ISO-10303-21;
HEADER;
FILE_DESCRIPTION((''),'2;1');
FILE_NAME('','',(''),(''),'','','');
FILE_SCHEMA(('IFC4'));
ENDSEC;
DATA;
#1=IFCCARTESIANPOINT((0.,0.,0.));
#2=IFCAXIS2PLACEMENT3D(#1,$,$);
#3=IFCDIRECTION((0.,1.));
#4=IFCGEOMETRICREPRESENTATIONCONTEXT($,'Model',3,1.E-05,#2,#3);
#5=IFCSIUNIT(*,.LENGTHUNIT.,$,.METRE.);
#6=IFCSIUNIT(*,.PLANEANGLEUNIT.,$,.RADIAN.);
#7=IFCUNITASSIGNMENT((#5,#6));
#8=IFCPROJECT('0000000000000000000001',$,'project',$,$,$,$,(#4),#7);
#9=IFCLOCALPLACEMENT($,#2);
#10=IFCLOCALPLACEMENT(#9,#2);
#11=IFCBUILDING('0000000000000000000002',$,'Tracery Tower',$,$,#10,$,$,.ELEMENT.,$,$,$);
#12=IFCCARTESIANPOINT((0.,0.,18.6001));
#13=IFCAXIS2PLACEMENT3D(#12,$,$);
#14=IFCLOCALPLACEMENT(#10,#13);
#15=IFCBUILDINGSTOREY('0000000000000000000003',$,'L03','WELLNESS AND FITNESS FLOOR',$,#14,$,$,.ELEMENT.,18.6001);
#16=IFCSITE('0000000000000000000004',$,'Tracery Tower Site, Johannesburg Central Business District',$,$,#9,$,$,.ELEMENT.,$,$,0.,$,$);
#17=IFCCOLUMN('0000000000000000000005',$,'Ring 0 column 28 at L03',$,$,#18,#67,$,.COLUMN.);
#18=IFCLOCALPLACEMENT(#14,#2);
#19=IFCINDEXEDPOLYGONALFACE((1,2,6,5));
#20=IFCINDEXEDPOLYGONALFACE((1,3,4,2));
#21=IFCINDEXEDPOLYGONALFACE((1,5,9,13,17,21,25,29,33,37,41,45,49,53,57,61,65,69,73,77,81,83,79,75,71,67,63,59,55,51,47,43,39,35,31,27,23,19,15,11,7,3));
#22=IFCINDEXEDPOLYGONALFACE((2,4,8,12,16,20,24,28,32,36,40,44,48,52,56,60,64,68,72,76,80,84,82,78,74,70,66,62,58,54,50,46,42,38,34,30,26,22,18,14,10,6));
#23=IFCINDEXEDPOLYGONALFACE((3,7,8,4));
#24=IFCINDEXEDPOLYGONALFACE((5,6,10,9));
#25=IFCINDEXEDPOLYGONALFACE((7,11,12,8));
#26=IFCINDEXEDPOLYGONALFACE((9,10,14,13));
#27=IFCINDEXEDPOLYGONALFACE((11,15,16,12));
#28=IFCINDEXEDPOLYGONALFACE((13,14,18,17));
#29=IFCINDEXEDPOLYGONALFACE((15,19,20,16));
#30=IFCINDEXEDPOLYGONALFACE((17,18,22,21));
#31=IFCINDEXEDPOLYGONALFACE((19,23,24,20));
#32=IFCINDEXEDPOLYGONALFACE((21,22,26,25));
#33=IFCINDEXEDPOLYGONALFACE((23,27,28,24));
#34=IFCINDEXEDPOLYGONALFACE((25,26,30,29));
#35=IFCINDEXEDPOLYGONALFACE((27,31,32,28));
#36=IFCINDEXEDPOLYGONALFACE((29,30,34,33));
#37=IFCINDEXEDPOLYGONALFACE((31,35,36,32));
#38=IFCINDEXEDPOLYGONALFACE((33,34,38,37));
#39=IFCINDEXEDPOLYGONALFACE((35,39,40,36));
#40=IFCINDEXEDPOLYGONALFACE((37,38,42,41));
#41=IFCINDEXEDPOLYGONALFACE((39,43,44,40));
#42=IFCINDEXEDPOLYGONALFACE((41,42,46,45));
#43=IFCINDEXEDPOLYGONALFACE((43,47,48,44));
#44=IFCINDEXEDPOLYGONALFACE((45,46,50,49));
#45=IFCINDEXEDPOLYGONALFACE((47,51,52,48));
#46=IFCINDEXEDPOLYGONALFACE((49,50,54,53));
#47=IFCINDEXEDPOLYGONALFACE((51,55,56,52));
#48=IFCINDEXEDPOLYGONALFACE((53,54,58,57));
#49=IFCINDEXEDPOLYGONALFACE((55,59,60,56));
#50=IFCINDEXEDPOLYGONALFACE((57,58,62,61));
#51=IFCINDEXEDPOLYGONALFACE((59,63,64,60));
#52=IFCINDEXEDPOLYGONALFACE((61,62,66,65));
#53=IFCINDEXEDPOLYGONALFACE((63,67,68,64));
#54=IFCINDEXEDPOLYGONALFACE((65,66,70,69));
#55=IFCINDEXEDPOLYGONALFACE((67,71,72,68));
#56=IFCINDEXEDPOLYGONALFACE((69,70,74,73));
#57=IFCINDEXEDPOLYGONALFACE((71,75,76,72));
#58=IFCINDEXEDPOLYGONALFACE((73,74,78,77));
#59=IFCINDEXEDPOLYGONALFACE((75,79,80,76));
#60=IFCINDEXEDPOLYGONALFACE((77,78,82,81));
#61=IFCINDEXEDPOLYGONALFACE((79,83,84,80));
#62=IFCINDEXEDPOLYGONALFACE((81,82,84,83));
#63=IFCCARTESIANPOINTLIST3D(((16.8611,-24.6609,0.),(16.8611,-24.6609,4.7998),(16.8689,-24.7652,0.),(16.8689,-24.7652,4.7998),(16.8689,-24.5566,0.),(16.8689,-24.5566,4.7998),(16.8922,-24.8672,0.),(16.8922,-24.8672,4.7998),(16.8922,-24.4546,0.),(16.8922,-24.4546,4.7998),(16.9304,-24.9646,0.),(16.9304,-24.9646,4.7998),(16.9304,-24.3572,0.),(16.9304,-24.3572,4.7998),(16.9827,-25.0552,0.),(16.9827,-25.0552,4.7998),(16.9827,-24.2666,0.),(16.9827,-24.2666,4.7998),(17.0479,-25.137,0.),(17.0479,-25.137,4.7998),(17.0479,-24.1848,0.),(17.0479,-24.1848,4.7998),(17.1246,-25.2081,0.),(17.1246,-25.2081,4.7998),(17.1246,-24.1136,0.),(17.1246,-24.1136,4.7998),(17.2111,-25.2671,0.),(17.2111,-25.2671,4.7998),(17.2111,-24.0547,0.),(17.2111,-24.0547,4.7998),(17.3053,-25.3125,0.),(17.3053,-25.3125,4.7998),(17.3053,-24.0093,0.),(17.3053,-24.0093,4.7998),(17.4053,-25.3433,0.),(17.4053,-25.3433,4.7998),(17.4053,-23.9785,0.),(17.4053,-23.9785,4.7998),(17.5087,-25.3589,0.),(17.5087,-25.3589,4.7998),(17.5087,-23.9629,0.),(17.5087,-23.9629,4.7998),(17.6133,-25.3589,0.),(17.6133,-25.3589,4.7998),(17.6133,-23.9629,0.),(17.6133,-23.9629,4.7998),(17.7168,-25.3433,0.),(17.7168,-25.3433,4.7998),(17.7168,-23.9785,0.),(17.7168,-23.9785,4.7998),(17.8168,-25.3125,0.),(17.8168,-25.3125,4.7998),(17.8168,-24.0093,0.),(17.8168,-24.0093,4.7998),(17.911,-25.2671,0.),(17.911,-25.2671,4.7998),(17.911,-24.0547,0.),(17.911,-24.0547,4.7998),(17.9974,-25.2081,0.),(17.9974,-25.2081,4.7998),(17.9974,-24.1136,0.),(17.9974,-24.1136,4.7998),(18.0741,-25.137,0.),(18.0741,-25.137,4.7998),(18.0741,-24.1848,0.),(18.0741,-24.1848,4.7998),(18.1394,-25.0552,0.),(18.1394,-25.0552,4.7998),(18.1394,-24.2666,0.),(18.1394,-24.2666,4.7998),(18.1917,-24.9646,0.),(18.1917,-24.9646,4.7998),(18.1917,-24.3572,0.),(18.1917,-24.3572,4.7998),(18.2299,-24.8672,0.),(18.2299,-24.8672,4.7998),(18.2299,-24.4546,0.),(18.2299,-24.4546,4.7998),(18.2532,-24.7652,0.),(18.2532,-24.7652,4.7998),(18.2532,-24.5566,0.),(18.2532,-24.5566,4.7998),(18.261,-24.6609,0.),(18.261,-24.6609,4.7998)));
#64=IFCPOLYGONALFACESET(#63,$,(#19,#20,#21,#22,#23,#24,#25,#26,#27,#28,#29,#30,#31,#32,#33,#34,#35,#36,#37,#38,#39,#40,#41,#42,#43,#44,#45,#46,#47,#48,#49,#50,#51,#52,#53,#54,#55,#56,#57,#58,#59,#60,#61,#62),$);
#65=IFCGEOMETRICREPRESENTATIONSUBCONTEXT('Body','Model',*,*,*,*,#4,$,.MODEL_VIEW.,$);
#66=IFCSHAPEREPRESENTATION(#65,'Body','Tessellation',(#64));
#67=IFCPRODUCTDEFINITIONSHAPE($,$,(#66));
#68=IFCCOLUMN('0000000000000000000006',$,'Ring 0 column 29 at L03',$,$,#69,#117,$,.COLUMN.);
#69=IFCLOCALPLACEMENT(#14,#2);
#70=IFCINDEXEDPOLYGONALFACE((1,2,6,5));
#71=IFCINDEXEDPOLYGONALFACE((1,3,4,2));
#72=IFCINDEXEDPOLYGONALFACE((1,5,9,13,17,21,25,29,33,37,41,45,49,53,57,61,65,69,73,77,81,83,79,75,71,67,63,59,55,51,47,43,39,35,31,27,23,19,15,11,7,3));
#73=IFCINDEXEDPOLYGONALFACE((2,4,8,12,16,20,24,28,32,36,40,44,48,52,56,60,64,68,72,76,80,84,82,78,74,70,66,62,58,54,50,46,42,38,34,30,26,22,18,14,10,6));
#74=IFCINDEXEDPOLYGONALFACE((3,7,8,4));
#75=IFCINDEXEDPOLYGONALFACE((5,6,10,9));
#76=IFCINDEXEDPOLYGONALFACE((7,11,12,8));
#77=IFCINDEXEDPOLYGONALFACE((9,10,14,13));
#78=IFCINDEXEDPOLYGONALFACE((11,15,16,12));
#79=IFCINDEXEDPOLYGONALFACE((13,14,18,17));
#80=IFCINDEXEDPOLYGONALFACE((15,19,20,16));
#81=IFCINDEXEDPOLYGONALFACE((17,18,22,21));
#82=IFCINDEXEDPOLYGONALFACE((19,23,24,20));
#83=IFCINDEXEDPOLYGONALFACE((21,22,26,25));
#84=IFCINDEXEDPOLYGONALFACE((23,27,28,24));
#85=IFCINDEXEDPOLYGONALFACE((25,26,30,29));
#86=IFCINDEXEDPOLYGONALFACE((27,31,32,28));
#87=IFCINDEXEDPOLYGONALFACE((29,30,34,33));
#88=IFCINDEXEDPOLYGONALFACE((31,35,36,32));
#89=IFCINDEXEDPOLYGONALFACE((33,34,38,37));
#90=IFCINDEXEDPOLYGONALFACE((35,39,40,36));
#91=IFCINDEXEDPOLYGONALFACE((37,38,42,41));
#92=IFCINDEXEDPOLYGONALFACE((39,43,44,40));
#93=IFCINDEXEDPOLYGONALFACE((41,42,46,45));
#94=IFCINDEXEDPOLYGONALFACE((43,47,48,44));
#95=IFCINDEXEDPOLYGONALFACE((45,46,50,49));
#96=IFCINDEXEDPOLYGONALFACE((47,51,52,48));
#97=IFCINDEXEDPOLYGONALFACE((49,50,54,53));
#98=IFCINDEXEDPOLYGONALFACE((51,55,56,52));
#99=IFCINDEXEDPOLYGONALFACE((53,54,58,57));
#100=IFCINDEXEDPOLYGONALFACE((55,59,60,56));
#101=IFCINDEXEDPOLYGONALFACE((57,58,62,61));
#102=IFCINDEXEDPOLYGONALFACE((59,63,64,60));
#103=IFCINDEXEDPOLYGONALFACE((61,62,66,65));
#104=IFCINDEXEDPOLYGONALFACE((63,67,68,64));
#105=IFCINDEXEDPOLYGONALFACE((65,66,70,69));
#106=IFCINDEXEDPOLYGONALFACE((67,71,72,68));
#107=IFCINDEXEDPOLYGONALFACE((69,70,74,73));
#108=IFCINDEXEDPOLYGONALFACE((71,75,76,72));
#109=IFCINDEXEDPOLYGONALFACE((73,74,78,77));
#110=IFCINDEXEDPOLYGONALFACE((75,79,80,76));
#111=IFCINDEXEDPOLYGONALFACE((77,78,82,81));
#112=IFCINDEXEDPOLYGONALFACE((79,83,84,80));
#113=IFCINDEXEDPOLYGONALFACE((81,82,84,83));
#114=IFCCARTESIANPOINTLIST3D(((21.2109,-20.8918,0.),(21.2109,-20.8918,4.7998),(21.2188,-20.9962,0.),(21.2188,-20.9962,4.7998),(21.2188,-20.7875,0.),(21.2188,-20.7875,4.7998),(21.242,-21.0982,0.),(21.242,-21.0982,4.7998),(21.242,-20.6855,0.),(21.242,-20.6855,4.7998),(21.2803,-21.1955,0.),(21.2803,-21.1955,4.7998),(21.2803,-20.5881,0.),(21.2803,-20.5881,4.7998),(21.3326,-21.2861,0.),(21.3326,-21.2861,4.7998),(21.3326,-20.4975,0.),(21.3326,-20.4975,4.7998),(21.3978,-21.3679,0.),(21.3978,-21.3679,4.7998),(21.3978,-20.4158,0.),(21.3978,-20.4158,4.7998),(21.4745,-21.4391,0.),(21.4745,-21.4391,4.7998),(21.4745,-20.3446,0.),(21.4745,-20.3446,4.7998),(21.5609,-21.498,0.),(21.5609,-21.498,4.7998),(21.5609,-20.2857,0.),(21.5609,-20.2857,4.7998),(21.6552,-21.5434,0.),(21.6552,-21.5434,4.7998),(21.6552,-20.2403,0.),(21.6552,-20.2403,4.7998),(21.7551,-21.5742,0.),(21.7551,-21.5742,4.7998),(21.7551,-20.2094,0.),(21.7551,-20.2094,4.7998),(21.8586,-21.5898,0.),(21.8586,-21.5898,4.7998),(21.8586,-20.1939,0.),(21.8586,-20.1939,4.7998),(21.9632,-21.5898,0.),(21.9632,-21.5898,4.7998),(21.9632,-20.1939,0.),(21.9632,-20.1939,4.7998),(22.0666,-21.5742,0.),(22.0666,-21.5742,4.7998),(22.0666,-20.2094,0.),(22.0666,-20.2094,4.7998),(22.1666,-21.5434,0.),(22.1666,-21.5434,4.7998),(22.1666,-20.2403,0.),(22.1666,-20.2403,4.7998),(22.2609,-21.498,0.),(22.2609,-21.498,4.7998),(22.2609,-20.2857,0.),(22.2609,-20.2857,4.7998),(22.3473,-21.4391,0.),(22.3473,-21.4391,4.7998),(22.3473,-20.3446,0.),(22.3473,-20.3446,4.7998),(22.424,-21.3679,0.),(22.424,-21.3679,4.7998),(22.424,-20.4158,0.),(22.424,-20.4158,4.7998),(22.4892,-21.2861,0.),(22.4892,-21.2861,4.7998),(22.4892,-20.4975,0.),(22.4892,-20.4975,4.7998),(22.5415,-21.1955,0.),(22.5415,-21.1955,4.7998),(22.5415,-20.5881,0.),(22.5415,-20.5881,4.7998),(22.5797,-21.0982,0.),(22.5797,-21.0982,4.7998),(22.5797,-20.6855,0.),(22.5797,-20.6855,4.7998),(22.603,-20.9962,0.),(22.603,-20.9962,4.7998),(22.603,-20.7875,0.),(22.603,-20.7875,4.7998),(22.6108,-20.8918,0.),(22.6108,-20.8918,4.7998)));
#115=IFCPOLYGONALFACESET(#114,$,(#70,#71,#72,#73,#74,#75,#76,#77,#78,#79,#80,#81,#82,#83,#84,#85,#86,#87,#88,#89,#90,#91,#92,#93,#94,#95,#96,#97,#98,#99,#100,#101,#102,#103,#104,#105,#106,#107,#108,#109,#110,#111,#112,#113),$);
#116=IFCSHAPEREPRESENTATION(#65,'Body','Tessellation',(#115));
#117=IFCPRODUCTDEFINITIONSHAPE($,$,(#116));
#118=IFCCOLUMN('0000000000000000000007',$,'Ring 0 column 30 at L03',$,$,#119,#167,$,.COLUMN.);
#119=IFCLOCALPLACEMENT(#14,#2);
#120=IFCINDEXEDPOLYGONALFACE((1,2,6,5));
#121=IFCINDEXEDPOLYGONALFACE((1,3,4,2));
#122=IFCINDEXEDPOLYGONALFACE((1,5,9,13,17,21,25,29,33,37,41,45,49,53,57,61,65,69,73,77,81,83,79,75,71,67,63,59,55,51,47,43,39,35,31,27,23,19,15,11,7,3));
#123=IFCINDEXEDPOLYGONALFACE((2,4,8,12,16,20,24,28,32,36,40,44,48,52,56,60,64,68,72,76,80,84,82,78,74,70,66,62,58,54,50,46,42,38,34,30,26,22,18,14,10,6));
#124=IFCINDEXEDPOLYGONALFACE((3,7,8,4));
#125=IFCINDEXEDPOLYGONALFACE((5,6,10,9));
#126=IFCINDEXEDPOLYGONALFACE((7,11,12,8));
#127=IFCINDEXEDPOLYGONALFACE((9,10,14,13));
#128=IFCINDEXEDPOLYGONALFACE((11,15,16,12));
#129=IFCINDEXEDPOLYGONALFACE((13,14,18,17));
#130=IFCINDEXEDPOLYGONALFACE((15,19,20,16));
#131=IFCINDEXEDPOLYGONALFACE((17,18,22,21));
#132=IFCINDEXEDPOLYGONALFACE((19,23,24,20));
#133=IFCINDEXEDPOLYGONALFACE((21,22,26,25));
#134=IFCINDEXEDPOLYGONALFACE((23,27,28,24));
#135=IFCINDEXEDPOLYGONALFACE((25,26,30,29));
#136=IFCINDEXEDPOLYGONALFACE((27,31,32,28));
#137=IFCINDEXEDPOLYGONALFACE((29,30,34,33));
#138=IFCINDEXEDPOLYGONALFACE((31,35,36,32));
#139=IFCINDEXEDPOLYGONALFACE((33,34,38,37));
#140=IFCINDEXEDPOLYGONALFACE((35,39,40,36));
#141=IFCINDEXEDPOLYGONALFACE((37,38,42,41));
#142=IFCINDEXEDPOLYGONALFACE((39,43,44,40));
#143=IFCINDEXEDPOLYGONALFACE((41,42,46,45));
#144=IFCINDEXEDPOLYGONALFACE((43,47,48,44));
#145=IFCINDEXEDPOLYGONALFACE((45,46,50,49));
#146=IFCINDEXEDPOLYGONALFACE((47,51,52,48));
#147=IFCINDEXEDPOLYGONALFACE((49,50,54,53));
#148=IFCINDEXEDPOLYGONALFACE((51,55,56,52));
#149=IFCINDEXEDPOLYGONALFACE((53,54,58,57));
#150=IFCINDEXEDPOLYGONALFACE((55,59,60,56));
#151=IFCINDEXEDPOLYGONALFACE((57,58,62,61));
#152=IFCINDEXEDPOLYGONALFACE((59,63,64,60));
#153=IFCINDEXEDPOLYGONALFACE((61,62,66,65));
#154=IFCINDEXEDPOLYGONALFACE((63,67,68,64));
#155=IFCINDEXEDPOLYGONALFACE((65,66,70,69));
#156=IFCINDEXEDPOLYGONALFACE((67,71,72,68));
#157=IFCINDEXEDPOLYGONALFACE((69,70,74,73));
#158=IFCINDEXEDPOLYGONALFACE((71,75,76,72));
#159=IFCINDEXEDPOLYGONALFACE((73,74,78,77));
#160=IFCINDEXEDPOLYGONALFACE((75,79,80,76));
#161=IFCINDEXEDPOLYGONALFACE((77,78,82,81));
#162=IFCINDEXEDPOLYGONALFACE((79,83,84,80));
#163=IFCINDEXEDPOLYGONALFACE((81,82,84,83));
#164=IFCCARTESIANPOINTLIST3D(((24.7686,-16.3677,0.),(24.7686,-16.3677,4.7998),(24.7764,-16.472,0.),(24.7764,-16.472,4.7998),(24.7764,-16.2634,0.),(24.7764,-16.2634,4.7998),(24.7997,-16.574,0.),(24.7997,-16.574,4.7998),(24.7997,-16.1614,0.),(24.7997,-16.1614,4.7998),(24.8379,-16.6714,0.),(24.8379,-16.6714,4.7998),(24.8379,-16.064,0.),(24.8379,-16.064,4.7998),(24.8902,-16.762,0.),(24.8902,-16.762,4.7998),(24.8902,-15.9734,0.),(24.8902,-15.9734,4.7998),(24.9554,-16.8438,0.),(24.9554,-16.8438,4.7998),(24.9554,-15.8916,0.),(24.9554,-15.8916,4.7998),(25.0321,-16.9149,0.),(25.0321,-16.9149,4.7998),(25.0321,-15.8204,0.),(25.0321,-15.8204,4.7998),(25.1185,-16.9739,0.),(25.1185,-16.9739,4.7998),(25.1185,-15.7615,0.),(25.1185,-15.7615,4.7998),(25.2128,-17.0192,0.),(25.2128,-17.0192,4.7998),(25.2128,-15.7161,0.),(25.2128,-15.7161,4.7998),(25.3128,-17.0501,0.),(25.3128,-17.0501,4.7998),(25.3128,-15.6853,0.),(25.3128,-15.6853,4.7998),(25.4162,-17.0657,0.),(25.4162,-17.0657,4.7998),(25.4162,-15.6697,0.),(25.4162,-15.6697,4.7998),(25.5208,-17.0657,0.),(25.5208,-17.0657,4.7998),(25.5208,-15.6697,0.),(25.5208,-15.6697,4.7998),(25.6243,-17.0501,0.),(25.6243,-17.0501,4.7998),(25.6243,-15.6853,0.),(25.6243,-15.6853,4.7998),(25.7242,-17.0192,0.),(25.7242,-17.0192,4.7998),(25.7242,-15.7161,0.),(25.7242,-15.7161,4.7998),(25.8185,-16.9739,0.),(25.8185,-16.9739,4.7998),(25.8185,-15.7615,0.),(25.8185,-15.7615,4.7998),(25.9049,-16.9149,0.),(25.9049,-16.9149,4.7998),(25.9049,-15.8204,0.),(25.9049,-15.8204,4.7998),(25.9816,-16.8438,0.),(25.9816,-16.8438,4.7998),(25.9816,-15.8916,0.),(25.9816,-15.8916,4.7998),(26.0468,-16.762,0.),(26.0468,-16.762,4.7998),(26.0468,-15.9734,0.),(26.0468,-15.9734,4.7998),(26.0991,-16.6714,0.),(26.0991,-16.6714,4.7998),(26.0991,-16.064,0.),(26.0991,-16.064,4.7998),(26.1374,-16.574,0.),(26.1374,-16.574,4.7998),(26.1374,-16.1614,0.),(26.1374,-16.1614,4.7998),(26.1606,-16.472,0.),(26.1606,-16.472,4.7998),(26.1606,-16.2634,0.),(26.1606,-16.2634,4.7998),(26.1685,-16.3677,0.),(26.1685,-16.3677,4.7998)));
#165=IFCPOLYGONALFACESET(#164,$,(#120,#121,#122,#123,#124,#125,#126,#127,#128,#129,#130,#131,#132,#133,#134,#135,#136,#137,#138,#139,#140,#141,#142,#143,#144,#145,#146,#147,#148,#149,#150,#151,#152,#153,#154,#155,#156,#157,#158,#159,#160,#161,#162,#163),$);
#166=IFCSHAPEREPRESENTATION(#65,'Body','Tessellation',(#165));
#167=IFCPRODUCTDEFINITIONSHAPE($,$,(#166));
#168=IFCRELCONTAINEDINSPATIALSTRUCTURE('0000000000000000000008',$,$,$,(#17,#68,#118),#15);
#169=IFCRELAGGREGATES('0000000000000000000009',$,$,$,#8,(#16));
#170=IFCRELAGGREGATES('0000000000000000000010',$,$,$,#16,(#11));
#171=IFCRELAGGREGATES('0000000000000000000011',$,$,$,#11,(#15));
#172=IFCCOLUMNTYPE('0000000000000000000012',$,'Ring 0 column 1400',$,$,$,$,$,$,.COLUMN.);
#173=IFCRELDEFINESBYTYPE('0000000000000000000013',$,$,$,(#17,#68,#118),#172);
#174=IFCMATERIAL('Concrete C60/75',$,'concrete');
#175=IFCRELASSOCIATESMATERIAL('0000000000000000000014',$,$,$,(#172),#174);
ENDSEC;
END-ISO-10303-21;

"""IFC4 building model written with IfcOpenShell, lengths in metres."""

from ifc_helpers import new_model, si_unit, direction, frame, origin, origin_2d, place, context, subcontext, project, spatial, circle, extrude, material, material_profile, profile_set, type_object, element, save


model = new_model("IFC4")

# Units and contexts
model_context = context("Model", 3, precision=1e-05, world=origin(), true_north=direction((0.0, 1.0)))
body_context = subcontext(model_context, "Body", "Model", "MODEL_VIEW")
ifc_project = project(units=[si_unit("LENGTHUNIT", "METRE"), si_unit("PLANEANGLEUNIT", "RADIAN")], contexts=[model_context])

# Site, building, storey
site_placement = place(None, origin())
site = spatial("IfcSite", under=ifc_project, at=site_placement, Name="Tracery Tower Site, Johannesburg Central Business District", CompositionType="ELEMENT", RefElevation=0.0)
building_placement = place(site_placement, origin())
building = spatial("IfcBuilding", under=site, at=building_placement, Name="Tracery Tower", CompositionType="ELEMENT")
storey_placement = place(building_placement, frame((0.0, 0.0, 18.6001)))
storey = spatial("IfcBuildingStorey", under=building, at=storey_placement, Name="L03", Description="WELLNESS AND FITNESS FLOOR", CompositionType="ELEMENT", Elevation=18.6001)

# Columns
ifc_material_1 = material(Name="Concrete C60/75", Category="concrete")
ifc_material_profile_1 = material_profile(ifc_material_1, circle(Radius=0.7, at=origin_2d()), Name="RC D1400")
ifc_profile_set_1 = profile_set([ifc_material_profile_1], Name="Concrete C60/75")
column_type_1 = type_object("IfcColumnType", Name="Ring 0 column 1400", PredefinedType="COLUMN", material=ifc_profile_set_1)
for number, where, z_axis, x_axis, name in (
    (1, (17.561, -24.6609, 0.0), (0.0, 0.0, 1.0), (1.0, 0.0, 0.0), "Ring 0 column 28 at L03"),
    (2, (21.9109, -20.8918, 0.0), (0.0, 0.0, 1.0), (1.0, 0.0, 0.0), "Ring 0 column 29 at L03"),
    (3, (25.4685, -16.3677, 0.0), (0.0, 0.0, 1.0), (1.0, 0.0, 0.0), "Ring 0 column 30 at L03"),
):
    element("IfcColumn", number, at=place(storey_placement, frame(where, z_axis=z_axis, x_axis=x_axis)), inside=storey, type_object=column_type_1, Name=name, PredefinedType="COLUMN", context=body_context, shape_type="SweptSolid", body=[
        extrude(circle(Radius=0.7, at=origin_2d()), origin(), (0.0, 0.0, 1.0), 4.7998),
    ])

save(model, "model.ifc")
